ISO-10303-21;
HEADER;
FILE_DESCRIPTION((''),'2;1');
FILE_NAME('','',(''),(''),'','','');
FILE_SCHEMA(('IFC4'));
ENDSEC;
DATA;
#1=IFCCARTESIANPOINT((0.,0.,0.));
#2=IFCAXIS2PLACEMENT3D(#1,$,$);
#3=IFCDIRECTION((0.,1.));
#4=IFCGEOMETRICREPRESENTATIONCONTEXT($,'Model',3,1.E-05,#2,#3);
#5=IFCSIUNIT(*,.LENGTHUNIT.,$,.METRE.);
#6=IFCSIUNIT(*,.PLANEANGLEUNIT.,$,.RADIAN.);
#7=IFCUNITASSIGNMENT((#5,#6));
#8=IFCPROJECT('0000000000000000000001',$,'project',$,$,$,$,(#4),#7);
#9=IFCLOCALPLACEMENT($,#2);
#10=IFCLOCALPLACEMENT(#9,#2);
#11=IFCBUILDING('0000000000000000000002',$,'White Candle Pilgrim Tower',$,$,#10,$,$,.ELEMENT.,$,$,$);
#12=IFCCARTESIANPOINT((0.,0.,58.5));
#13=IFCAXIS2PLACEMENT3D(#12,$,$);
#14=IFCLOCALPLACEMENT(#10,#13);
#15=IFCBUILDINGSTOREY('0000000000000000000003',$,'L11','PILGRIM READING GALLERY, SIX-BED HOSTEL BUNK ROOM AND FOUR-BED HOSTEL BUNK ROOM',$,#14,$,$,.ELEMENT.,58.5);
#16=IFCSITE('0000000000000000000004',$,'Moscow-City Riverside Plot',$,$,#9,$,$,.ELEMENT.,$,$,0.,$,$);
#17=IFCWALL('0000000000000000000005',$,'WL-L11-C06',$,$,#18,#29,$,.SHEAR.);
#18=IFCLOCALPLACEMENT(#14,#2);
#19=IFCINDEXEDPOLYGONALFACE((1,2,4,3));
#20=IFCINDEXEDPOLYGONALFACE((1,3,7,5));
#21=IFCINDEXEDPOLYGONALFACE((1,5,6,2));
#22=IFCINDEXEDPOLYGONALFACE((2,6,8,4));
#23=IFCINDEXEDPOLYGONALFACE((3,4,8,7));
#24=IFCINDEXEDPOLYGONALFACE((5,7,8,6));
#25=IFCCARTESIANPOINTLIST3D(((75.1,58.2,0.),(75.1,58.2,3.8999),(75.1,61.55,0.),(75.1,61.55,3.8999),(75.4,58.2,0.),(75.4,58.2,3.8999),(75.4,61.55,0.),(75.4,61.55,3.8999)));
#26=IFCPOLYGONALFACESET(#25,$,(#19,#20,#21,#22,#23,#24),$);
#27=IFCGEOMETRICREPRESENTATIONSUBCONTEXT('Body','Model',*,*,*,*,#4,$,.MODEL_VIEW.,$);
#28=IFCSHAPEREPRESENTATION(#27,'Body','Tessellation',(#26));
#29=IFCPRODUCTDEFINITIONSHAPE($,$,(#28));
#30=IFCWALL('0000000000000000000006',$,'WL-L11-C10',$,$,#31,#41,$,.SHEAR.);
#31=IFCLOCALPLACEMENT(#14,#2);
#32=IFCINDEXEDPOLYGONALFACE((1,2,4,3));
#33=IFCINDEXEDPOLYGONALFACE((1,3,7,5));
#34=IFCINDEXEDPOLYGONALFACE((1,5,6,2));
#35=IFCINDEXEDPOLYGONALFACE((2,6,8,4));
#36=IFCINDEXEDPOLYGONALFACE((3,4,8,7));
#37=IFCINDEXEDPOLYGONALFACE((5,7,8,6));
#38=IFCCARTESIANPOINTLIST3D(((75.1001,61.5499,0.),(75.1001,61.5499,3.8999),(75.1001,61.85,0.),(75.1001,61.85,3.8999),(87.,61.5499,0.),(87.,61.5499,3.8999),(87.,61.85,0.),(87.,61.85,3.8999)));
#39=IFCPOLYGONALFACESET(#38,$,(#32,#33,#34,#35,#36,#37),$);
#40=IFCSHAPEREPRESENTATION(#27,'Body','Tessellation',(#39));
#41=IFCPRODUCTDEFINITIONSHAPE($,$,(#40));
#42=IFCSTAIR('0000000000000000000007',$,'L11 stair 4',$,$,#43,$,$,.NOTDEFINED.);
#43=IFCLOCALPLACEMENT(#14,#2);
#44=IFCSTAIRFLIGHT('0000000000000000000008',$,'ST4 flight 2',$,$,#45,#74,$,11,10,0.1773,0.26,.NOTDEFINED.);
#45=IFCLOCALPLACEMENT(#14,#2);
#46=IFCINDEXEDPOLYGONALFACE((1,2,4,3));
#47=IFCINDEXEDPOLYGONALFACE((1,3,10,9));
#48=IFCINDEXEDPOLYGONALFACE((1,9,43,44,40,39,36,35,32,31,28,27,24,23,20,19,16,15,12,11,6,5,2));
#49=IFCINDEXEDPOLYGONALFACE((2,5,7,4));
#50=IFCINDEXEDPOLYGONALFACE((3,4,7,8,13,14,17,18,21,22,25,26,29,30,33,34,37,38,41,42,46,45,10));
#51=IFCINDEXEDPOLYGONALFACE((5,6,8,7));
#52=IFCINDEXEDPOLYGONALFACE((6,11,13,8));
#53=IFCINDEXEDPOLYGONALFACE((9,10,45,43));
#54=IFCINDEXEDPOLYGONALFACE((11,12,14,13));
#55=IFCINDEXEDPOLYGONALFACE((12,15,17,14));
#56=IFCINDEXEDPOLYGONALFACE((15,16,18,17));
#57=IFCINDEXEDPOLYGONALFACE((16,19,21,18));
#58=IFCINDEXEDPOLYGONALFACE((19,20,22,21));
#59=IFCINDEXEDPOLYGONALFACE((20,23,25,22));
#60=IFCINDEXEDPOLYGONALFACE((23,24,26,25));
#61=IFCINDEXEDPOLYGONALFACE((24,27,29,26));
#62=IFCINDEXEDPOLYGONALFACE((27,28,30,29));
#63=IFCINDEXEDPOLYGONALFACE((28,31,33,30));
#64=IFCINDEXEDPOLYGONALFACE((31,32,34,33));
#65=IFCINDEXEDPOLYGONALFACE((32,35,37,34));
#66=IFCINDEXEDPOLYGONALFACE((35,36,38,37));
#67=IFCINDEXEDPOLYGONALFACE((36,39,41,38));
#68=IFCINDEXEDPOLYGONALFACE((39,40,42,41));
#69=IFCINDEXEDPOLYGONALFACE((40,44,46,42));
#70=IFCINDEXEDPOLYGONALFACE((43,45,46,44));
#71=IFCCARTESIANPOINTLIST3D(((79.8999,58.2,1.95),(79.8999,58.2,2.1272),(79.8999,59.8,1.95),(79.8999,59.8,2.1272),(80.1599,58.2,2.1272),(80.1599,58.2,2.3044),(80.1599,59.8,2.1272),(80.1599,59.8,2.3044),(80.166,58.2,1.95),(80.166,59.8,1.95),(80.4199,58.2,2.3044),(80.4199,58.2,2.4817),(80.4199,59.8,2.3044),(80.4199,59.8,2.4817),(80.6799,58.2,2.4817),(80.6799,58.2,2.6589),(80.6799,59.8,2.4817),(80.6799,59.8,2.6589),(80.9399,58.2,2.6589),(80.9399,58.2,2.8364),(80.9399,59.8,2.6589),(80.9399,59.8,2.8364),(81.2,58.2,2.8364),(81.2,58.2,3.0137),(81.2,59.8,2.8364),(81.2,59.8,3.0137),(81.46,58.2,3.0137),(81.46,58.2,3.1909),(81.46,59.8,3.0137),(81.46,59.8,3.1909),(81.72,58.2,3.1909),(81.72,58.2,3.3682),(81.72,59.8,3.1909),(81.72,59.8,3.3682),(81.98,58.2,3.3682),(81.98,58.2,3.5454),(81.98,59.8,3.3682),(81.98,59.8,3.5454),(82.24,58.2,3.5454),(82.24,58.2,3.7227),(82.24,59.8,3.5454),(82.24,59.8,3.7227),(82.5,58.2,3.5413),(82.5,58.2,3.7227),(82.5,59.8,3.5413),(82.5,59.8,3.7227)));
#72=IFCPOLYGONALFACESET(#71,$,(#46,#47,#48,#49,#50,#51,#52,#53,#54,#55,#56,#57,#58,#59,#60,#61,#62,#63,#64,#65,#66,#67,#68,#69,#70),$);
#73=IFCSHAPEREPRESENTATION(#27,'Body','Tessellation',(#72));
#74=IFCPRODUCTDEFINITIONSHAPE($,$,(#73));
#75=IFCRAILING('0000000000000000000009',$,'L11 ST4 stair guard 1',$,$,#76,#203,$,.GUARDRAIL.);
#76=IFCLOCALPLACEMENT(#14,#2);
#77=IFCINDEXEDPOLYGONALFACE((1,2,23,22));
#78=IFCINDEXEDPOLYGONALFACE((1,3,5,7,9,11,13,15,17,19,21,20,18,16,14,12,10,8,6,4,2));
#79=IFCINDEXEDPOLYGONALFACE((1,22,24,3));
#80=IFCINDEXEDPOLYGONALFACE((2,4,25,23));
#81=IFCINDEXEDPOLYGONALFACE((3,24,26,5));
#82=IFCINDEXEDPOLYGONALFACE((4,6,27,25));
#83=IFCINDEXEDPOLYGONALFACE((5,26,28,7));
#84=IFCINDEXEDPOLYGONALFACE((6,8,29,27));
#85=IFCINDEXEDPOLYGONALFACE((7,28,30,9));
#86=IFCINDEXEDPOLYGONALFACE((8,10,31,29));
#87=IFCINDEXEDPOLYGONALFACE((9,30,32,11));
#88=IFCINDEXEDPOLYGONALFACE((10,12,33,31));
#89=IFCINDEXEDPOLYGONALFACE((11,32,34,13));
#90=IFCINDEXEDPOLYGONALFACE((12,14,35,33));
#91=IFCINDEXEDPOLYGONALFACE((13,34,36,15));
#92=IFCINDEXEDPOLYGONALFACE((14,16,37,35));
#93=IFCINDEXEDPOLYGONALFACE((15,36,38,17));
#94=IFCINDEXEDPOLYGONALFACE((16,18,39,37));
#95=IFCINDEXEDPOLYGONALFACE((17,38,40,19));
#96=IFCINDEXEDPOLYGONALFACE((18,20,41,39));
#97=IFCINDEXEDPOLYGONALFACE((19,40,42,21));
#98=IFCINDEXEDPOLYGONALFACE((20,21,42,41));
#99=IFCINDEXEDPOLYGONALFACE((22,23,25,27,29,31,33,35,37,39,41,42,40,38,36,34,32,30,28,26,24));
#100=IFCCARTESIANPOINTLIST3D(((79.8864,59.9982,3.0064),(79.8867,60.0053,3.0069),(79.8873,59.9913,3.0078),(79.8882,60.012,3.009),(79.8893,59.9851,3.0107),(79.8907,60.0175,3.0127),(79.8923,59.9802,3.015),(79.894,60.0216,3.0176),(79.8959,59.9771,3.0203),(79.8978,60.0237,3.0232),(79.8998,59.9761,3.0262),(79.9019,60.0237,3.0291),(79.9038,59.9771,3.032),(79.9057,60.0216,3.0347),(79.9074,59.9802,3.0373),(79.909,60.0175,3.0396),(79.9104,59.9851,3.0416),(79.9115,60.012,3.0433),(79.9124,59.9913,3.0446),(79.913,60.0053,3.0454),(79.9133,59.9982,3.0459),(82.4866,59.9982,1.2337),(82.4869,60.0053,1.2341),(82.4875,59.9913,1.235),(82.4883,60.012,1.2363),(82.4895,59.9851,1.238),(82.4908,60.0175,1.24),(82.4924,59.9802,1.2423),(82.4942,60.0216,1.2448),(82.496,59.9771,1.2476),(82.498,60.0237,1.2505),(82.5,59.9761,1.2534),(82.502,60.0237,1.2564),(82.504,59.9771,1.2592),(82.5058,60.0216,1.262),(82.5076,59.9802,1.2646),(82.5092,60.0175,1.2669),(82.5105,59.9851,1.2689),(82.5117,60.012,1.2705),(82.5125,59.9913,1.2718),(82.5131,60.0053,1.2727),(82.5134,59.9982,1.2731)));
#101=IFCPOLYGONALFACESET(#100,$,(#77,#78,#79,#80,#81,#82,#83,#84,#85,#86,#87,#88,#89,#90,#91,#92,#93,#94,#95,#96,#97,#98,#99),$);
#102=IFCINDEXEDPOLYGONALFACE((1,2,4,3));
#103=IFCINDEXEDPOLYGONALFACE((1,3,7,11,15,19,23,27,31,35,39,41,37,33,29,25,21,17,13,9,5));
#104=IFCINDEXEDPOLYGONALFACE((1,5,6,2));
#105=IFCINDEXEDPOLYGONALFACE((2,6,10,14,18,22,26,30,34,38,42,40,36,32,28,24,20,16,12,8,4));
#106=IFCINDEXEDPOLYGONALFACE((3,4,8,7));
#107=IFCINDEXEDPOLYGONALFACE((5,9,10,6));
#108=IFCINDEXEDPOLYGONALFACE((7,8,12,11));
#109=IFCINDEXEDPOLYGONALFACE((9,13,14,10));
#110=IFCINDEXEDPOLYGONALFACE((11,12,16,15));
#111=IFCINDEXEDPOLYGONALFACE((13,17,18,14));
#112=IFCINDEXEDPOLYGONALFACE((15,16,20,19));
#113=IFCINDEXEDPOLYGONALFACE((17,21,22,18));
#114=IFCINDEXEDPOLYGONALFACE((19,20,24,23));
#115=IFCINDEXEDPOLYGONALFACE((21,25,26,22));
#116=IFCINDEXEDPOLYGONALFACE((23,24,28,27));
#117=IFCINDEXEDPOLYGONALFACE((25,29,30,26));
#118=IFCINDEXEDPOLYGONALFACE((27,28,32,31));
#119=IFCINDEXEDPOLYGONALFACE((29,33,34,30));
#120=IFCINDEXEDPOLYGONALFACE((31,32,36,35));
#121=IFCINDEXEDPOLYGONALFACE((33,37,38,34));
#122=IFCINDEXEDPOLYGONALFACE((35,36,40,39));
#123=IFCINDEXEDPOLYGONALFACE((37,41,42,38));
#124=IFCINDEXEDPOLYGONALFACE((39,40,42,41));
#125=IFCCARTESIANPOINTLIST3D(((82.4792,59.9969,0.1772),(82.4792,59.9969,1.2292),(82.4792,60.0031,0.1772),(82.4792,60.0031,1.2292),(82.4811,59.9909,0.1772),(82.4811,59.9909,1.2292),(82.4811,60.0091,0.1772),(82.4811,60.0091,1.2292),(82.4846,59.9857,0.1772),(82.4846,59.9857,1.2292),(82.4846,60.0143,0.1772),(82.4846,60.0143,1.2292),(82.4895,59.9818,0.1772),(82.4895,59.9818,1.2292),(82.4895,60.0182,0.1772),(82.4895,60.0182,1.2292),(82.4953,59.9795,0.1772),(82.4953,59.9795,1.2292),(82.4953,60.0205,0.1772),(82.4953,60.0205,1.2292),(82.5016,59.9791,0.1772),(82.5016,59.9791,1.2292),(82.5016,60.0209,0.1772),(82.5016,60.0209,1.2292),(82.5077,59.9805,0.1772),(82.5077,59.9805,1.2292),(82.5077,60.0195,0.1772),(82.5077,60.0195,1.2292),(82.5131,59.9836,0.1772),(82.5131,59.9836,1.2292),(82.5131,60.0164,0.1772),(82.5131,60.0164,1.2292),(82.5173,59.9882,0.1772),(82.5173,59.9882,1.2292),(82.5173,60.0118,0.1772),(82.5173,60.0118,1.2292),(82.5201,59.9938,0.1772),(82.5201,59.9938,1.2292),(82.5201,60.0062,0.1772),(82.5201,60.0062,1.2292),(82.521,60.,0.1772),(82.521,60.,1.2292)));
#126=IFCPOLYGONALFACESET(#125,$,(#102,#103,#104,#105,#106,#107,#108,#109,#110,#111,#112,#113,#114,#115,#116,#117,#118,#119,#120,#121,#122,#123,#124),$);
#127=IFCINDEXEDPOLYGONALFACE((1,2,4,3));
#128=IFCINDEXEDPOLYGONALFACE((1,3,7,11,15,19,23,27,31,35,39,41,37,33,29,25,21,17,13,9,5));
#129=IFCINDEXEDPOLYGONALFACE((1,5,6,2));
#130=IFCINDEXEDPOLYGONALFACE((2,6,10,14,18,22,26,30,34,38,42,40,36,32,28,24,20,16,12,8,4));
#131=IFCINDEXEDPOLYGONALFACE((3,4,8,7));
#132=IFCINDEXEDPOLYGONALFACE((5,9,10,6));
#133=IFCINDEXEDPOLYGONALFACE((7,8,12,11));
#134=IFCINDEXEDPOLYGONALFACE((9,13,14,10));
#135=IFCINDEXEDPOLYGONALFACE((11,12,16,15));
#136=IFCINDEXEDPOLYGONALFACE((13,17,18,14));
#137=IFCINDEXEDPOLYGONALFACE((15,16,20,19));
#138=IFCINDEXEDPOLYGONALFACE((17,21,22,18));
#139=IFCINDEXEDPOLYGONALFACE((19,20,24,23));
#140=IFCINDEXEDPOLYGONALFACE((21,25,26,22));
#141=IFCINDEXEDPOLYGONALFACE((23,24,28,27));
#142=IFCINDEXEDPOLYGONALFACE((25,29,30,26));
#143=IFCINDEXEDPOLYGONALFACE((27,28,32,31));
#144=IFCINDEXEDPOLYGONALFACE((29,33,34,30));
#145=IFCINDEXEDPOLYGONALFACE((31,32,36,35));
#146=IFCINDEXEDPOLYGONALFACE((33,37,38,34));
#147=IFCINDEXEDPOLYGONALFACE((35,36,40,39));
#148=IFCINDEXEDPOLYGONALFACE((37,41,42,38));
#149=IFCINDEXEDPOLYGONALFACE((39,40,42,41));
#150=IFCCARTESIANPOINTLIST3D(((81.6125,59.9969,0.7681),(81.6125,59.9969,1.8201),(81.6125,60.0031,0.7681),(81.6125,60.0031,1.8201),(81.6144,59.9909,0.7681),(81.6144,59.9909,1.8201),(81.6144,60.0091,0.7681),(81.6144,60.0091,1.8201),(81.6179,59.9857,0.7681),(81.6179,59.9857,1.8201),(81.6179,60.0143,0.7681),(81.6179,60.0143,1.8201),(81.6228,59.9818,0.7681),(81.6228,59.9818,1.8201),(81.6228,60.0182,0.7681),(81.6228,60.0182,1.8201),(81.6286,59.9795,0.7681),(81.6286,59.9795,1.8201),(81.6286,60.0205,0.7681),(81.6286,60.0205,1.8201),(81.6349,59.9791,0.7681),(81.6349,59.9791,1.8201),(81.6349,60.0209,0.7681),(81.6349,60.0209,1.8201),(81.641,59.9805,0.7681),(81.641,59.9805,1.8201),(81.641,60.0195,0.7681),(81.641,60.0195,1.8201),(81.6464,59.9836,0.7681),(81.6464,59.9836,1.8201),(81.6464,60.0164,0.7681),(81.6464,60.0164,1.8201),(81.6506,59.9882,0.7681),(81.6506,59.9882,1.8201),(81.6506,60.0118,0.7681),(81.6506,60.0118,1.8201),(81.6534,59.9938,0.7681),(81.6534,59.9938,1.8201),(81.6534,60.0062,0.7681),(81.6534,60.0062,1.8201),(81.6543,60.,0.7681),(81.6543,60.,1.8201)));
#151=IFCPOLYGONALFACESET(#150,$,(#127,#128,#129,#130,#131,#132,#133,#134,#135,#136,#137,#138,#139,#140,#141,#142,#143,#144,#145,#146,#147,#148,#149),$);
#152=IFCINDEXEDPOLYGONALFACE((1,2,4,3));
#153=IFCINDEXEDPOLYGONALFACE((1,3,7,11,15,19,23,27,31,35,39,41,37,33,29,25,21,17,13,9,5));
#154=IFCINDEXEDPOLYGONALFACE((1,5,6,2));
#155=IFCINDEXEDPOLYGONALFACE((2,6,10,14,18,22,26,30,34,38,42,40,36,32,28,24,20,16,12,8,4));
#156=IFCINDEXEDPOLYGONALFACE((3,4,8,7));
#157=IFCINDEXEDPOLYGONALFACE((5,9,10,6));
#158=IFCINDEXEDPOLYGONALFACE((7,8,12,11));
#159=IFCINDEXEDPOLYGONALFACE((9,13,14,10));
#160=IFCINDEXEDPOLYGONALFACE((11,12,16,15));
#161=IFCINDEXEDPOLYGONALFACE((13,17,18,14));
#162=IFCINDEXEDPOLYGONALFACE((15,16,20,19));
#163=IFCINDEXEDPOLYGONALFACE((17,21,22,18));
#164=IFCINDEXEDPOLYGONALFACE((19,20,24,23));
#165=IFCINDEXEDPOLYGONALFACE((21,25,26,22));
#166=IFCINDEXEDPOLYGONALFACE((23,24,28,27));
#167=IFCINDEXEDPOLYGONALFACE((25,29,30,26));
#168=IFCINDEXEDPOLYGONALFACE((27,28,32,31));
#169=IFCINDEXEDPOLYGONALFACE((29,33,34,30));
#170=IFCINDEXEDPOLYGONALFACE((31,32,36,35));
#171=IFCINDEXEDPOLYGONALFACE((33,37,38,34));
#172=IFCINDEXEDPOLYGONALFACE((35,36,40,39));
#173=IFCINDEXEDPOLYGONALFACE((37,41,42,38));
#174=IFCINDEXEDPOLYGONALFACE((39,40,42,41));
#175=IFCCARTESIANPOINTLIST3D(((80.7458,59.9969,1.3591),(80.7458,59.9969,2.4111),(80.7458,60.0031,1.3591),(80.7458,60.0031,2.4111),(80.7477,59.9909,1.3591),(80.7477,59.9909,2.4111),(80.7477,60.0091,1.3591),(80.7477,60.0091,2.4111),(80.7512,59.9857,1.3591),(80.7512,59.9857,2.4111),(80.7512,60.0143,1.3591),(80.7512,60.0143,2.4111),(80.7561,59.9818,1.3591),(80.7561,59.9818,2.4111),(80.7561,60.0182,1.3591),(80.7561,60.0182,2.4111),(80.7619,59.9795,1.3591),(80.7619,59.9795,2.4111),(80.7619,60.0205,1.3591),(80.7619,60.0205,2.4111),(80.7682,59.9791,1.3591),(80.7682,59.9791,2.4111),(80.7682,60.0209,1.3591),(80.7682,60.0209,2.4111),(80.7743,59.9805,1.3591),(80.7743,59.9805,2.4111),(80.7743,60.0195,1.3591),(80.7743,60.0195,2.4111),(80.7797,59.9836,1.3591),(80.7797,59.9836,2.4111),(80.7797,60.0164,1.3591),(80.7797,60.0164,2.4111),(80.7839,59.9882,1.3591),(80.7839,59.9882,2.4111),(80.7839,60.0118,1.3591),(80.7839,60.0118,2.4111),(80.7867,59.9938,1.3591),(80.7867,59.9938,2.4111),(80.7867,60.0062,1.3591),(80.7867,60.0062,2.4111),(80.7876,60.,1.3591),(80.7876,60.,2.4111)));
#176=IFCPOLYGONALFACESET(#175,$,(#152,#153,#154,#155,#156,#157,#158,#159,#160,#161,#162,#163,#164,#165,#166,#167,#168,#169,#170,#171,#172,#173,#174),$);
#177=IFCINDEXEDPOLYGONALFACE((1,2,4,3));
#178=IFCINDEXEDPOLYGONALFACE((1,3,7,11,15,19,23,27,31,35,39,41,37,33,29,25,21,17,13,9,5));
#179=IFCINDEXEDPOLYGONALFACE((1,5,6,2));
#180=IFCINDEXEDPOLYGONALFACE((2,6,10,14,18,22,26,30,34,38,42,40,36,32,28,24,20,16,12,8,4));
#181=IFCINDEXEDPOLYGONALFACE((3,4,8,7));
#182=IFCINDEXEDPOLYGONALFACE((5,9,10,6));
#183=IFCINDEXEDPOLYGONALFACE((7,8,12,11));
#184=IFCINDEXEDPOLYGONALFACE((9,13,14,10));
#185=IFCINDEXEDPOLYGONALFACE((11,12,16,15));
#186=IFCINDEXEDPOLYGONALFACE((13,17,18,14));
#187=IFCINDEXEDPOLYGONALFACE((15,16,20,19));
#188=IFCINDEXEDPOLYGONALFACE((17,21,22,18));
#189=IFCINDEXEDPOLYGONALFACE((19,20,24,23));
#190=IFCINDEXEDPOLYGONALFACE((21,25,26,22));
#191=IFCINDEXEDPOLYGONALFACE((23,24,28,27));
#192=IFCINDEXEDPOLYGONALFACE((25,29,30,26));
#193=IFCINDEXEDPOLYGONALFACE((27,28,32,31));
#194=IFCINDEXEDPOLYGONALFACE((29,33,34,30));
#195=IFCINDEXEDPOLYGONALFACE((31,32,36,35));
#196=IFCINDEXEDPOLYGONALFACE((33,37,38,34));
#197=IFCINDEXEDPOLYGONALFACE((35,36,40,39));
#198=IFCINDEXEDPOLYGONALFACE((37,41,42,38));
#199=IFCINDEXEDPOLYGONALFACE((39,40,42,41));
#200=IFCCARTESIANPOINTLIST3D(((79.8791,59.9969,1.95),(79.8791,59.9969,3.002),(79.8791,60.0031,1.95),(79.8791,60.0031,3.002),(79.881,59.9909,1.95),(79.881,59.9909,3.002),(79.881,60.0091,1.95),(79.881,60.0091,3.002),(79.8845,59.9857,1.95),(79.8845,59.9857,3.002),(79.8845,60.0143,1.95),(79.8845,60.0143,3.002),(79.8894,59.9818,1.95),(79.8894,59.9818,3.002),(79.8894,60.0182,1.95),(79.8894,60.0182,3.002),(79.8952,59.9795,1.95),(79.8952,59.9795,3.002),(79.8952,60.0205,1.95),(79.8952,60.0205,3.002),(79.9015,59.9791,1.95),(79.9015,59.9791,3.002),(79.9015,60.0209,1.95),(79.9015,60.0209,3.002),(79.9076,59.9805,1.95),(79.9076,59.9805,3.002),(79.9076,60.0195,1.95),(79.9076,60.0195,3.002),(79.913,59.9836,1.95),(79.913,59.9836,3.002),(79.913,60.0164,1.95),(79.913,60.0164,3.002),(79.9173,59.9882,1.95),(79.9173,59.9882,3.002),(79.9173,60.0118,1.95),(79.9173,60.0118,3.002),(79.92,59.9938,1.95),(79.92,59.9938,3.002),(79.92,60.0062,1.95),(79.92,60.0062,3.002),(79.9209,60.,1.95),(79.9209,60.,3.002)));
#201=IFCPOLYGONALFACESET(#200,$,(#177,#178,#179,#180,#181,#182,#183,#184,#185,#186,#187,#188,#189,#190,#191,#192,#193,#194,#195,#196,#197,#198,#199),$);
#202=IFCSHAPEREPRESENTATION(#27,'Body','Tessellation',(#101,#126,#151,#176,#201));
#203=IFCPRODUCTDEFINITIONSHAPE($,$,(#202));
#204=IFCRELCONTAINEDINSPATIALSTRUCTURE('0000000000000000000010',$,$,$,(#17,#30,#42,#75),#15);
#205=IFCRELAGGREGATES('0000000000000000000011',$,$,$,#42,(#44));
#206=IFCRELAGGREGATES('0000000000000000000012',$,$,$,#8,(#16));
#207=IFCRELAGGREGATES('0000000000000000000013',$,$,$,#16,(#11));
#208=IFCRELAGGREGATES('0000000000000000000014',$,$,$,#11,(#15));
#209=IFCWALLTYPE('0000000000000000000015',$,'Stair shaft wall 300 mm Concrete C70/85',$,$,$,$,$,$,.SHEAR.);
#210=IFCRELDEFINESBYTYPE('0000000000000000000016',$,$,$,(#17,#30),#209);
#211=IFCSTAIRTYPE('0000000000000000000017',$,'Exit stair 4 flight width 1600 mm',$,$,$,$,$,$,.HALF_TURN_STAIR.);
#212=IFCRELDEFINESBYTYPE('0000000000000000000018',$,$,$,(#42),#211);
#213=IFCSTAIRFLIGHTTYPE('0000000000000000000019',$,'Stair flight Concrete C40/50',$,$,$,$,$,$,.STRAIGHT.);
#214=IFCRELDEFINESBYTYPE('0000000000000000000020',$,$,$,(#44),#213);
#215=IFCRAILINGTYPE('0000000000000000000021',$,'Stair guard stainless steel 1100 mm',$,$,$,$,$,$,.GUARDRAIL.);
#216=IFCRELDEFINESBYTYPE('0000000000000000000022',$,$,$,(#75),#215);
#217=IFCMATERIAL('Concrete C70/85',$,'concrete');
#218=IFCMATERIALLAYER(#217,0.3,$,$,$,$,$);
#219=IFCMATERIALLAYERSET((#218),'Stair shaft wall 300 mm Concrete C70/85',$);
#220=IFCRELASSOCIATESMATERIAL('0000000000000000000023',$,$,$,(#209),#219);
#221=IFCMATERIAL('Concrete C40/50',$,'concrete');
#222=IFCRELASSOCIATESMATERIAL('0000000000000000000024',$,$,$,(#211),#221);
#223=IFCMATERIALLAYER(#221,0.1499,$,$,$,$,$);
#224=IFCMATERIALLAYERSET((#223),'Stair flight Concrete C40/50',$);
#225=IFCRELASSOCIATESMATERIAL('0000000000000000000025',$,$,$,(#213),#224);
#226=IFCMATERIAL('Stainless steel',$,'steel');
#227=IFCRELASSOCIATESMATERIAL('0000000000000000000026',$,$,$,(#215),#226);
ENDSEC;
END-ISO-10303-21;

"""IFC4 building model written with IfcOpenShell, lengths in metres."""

from ifc_helpers import new_model, si_unit, direction, frame, frame_2d, origin, origin_2d, place, context, subcontext, project, spatial, polyline, rectangle, circle, outline, extrude, material, layer, layer_set, type_object, element, aggregate, save


model = new_model("IFC4")

# Units and contexts
model_context = context("Model", 3, precision=1e-05, world=origin(), true_north=direction((0.0, 1.0)))
body_context = subcontext(model_context, "Body", "Model", "MODEL_VIEW")
ifc_project = project(units=[si_unit("LENGTHUNIT", "METRE"), si_unit("PLANEANGLEUNIT", "RADIAN")], contexts=[model_context])

# Site, building, storey
site_placement = place(None, origin())
site = spatial("IfcSite", under=ifc_project, at=site_placement, Name="Moscow-City Riverside Plot", CompositionType="ELEMENT", RefElevation=0.0)
building_placement = place(site_placement, origin())
building = spatial("IfcBuilding", under=site, at=building_placement, Name="White Candle Pilgrim Tower", CompositionType="ELEMENT")
storey_placement = place(building_placement, frame((0.0, 0.0, 58.5)))
storey = spatial("IfcBuildingStorey", under=building, at=storey_placement, Name="L11", Description="PILGRIM READING GALLERY, SIX-BED HOSTEL BUNK ROOM AND FOUR-BED HOSTEL BUNK ROOM", CompositionType="ELEMENT", Elevation=58.5)

# Walls
ifc_material_1 = material(Name="Concrete C70/85", Category="concrete")
ifc_layer_1 = layer(ifc_material_1, 0.3)
ifc_layer_set_1 = layer_set([ifc_layer_1], Name="Stair shaft wall 300 mm Concrete C70/85")
wall_type_1 = type_object("IfcWallType", Name="Stair shaft wall 300 mm Concrete C70/85", PredefinedType="SHEAR", material=ifc_layer_set_1)
wall_1_placement = place(storey_placement, frame((75.25, 58.2, 0.0), z_axis=(0.0, 0.0, 1.0), x_axis=(0.0, 1.0, 0.0)))
element("IfcWall", 1, at=wall_1_placement, inside=storey, type_object=wall_type_1, Name="WL-L11-C06", PredefinedType="SHEAR", context=body_context, shape_type="SweptSolid", body=[
    extrude(rectangle(XDim=3.3501, YDim=0.3, at=frame_2d((1.675, 0.0))), origin(), (0.0, 0.0, 1.0), 3.8999),
])
wall_2_placement = place(storey_placement, frame((75.1001, 61.7, 0.0), z_axis=(0.0, 0.0, 1.0), x_axis=(1.0, 0.0, 0.0)))
element("IfcWall", 2, at=wall_2_placement, inside=storey, type_object=wall_type_1, Name="WL-L11-C10", PredefinedType="SHEAR", context=body_context, shape_type="SweptSolid", body=[
    extrude(rectangle(XDim=11.8999, YDim=0.3, at=frame_2d((5.95, 0.0))), origin(), (0.0, 0.0, 1.0), 3.8999),
])

# Stair, stair flight
ifc_material_2 = material(Name="Concrete C40/50", Category="concrete")
stair_type = type_object("IfcStairType", Name="Exit stair 4 flight width 1600 mm", PredefinedType="HALF_TURN_STAIR", material=ifc_material_2)
stair_placement = place(storey_placement, origin())
stair = element("IfcStair", 3, at=stair_placement, inside=storey, type_object=stair_type, Name="L11 stair 4", PredefinedType="NOTDEFINED")
ifc_layer_2 = layer(ifc_material_2, 0.1499)
ifc_layer_set_2 = layer_set([ifc_layer_2], Name="Stair flight Concrete C40/50")
stair_flight_type = type_object("IfcStairFlightType", Name="Stair flight Concrete C40/50", PredefinedType="STRAIGHT", material=ifc_layer_set_2)
stair_flight_placement = place(storey_placement, frame((79.8999, 59.0, 1.95), z_axis=(0.0, 0.0, 1.0), x_axis=(1.0, 0.0, 0.0)))
stair_flight = element("IfcStairFlight", 4, at=stair_flight_placement, type_object=stair_flight_type, Name="ST4 flight 2", NumberOfRisers=11, NumberOfTreads=10, PredefinedType="NOTDEFINED", RiserHeight=0.1773, TreadLength=0.26, context=body_context, shape_type="SweptSolid", body=[
    extrude(outline(polyline([(0.0, 0.0), (0.0, 0.1772), (0.26, 0.1772), (0.26, 0.3545), (0.52, 0.3545), (0.52, 0.5317), (0.78, 0.5317), (0.78, 0.709), (1.04, 0.709), (1.04, 0.8865), (1.3, 0.8865), (1.3, 1.0637), (1.5601, 1.0637), (1.5601, 1.241), (1.8201, 1.241), (1.8201, 1.4182), (2.0801, 1.4182), (2.0801, 1.5955), (2.3401, 1.5955), (2.3401, 1.7727), (2.6001, 1.7727), (2.6001, 1.95), (2.6001, 1.5913), (0.2661, 0.0), (0.0, 0.0)])), frame((0.0, 0.8, 0.0), z_axis=(0.0, -1.0, 0.0), x_axis=(1.0, 0.0, 0.0)), (0.0, 0.0, 1.0), 1.6001),
])
aggregate(stair, [stair_flight])

# Railing
ifc_material_3 = material(Name="Stainless steel", Category="steel")
railing_type_1 = type_object("IfcRailingType", Name="Stair guard stainless steel 1100 mm", PredefinedType="GUARDRAIL", material=ifc_material_3)
railing_1_placement = place(storey_placement, frame((82.5, 60.0, 0.1772)))
element("IfcRailing", 5, at=railing_1_placement, inside=storey, type_object=railing_type_1, Name="L11 ST4 stair guard 1", PredefinedType="GUARDRAIL", context=body_context, shape_type="SweptSolid", body=[
    extrude(circle(Radius=0.0239, at=origin_2d()), frame((0.0, 0.0, 1.0762), z_axis=(-0.82624, 0.0, 0.563318), x_axis=(0.0, -1.0, 0.0)), (0.0, 0.0, 1.0), 3.147),
    extrude(circle(Radius=0.021, at=origin_2d()), origin(), (0.0, 0.0, 1.0), 1.052),
    extrude(circle(Radius=0.021, at=origin_2d()), frame((-0.8667, 0.0, 0.5908)), (0.0, 0.0, 1.0), 1.052),
    extrude(circle(Radius=0.021, at=origin_2d()), frame((-1.7334, 0.0, 1.1819)), (0.0, 0.0, 1.0), 1.052),
    extrude(circle(Radius=0.021, at=origin_2d()), frame((-2.6001, 0.0, 1.7727)), (0.0, 0.0, 1.0), 1.052),
])

save(model, "model.ifc")
